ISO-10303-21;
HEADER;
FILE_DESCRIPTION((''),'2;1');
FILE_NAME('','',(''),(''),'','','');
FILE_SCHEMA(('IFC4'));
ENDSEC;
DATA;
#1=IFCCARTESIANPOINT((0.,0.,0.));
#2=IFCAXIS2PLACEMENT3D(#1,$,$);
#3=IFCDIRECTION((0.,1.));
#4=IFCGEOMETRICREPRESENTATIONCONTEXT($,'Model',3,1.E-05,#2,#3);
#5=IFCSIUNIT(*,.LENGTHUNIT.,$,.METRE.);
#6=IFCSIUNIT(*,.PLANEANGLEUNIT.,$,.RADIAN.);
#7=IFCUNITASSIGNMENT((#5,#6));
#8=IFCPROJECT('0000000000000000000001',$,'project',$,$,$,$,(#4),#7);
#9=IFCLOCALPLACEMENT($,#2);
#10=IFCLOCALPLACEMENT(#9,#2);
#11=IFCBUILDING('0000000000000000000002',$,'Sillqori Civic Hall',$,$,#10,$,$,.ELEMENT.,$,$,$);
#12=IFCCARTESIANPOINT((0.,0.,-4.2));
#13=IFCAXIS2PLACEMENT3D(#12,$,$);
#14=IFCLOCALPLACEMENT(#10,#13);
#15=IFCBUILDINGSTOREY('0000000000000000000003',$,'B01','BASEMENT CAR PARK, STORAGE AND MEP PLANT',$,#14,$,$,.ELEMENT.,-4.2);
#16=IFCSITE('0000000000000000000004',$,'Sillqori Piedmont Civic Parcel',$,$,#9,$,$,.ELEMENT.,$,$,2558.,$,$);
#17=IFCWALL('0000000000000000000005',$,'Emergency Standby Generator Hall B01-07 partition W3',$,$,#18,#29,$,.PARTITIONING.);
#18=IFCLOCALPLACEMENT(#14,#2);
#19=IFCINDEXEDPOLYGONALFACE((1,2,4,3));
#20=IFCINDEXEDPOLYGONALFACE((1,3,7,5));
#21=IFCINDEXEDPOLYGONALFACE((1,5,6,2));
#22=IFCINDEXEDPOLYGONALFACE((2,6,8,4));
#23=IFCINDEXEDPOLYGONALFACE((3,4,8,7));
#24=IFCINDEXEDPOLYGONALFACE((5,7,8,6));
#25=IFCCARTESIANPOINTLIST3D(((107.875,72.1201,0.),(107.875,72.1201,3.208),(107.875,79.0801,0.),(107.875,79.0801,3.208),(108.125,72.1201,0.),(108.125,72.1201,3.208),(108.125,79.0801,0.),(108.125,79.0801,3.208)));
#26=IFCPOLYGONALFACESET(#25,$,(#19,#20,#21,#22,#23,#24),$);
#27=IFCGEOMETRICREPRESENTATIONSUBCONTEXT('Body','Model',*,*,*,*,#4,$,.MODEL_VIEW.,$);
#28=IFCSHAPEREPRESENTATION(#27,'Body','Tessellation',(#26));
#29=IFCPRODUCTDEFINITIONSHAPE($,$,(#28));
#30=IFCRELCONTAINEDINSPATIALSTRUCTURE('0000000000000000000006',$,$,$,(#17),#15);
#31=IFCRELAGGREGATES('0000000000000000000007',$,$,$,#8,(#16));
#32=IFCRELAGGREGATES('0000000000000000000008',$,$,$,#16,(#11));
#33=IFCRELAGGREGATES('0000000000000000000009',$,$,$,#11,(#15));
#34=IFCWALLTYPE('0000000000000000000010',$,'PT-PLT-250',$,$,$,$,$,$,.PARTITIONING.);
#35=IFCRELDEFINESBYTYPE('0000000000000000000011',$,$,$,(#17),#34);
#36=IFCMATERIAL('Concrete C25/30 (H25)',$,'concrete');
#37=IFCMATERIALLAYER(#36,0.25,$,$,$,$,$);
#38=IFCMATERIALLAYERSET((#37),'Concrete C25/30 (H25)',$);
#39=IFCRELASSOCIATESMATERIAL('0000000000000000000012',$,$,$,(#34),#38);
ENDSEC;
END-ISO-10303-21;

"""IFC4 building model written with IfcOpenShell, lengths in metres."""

from ifc_helpers import new_model, si_unit, direction, frame, frame_2d, origin, place, context, subcontext, project, spatial, rectangle, extrude, material, layer, layer_set, type_object, element, save


model = new_model("IFC4")

# Units and contexts
model_context = context("Model", 3, precision=1e-05, world=origin(), true_north=direction((0.0, 1.0)))
body_context = subcontext(model_context, "Body", "Model", "MODEL_VIEW")
ifc_project = project(units=[si_unit("LENGTHUNIT", "METRE"), si_unit("PLANEANGLEUNIT", "RADIAN")], contexts=[model_context])

# Site, building, storey
site_placement = place(None, origin())
site = spatial("IfcSite", under=ifc_project, at=site_placement, Name="Sillqori Piedmont Civic Parcel", CompositionType="ELEMENT", RefElevation=2558.0)
building_placement = place(site_placement, origin())
building = spatial("IfcBuilding", under=site, at=building_placement, Name="Sillqori Civic Hall", CompositionType="ELEMENT")
storey_placement = place(building_placement, frame((0.0, 0.0, -4.2)))
storey = spatial("IfcBuildingStorey", under=building, at=storey_placement, Name="B01", Description="BASEMENT CAR PARK, STORAGE AND MEP PLANT", CompositionType="ELEMENT", Elevation=-4.2)

# Shared definitions
ifc_material_1 = material(Name="Concrete C25/30 (H25)", Category="concrete")
ifc_layer = layer(ifc_material_1, 0.25)
ifc_layer_set = layer_set([ifc_layer], Name="Concrete C25/30 (H25)")
wall_type = type_object("IfcWallType", Name="PT-PLT-250", PredefinedType="PARTITIONING", material=ifc_layer_set)

# Wall
wall_1_placement = place(storey_placement, frame((108.0, 72.1201, 0.0), z_axis=(0.0, 0.0, 1.0), x_axis=(0.0, 1.0, 0.0)))
element("IfcWall", 1, at=wall_1_placement, inside=storey, type_object=wall_type, Name="Emergency Standby Generator Hall B01-07 partition W3", PredefinedType="PARTITIONING", context=body_context, shape_type="SweptSolid", body=[
    extrude(rectangle(XDim=6.96, YDim=0.25, at=frame_2d((3.48, 0.0))), origin(), (0.0, 0.0, 1.0), 3.208),
])

save(model, "model.ifc")
